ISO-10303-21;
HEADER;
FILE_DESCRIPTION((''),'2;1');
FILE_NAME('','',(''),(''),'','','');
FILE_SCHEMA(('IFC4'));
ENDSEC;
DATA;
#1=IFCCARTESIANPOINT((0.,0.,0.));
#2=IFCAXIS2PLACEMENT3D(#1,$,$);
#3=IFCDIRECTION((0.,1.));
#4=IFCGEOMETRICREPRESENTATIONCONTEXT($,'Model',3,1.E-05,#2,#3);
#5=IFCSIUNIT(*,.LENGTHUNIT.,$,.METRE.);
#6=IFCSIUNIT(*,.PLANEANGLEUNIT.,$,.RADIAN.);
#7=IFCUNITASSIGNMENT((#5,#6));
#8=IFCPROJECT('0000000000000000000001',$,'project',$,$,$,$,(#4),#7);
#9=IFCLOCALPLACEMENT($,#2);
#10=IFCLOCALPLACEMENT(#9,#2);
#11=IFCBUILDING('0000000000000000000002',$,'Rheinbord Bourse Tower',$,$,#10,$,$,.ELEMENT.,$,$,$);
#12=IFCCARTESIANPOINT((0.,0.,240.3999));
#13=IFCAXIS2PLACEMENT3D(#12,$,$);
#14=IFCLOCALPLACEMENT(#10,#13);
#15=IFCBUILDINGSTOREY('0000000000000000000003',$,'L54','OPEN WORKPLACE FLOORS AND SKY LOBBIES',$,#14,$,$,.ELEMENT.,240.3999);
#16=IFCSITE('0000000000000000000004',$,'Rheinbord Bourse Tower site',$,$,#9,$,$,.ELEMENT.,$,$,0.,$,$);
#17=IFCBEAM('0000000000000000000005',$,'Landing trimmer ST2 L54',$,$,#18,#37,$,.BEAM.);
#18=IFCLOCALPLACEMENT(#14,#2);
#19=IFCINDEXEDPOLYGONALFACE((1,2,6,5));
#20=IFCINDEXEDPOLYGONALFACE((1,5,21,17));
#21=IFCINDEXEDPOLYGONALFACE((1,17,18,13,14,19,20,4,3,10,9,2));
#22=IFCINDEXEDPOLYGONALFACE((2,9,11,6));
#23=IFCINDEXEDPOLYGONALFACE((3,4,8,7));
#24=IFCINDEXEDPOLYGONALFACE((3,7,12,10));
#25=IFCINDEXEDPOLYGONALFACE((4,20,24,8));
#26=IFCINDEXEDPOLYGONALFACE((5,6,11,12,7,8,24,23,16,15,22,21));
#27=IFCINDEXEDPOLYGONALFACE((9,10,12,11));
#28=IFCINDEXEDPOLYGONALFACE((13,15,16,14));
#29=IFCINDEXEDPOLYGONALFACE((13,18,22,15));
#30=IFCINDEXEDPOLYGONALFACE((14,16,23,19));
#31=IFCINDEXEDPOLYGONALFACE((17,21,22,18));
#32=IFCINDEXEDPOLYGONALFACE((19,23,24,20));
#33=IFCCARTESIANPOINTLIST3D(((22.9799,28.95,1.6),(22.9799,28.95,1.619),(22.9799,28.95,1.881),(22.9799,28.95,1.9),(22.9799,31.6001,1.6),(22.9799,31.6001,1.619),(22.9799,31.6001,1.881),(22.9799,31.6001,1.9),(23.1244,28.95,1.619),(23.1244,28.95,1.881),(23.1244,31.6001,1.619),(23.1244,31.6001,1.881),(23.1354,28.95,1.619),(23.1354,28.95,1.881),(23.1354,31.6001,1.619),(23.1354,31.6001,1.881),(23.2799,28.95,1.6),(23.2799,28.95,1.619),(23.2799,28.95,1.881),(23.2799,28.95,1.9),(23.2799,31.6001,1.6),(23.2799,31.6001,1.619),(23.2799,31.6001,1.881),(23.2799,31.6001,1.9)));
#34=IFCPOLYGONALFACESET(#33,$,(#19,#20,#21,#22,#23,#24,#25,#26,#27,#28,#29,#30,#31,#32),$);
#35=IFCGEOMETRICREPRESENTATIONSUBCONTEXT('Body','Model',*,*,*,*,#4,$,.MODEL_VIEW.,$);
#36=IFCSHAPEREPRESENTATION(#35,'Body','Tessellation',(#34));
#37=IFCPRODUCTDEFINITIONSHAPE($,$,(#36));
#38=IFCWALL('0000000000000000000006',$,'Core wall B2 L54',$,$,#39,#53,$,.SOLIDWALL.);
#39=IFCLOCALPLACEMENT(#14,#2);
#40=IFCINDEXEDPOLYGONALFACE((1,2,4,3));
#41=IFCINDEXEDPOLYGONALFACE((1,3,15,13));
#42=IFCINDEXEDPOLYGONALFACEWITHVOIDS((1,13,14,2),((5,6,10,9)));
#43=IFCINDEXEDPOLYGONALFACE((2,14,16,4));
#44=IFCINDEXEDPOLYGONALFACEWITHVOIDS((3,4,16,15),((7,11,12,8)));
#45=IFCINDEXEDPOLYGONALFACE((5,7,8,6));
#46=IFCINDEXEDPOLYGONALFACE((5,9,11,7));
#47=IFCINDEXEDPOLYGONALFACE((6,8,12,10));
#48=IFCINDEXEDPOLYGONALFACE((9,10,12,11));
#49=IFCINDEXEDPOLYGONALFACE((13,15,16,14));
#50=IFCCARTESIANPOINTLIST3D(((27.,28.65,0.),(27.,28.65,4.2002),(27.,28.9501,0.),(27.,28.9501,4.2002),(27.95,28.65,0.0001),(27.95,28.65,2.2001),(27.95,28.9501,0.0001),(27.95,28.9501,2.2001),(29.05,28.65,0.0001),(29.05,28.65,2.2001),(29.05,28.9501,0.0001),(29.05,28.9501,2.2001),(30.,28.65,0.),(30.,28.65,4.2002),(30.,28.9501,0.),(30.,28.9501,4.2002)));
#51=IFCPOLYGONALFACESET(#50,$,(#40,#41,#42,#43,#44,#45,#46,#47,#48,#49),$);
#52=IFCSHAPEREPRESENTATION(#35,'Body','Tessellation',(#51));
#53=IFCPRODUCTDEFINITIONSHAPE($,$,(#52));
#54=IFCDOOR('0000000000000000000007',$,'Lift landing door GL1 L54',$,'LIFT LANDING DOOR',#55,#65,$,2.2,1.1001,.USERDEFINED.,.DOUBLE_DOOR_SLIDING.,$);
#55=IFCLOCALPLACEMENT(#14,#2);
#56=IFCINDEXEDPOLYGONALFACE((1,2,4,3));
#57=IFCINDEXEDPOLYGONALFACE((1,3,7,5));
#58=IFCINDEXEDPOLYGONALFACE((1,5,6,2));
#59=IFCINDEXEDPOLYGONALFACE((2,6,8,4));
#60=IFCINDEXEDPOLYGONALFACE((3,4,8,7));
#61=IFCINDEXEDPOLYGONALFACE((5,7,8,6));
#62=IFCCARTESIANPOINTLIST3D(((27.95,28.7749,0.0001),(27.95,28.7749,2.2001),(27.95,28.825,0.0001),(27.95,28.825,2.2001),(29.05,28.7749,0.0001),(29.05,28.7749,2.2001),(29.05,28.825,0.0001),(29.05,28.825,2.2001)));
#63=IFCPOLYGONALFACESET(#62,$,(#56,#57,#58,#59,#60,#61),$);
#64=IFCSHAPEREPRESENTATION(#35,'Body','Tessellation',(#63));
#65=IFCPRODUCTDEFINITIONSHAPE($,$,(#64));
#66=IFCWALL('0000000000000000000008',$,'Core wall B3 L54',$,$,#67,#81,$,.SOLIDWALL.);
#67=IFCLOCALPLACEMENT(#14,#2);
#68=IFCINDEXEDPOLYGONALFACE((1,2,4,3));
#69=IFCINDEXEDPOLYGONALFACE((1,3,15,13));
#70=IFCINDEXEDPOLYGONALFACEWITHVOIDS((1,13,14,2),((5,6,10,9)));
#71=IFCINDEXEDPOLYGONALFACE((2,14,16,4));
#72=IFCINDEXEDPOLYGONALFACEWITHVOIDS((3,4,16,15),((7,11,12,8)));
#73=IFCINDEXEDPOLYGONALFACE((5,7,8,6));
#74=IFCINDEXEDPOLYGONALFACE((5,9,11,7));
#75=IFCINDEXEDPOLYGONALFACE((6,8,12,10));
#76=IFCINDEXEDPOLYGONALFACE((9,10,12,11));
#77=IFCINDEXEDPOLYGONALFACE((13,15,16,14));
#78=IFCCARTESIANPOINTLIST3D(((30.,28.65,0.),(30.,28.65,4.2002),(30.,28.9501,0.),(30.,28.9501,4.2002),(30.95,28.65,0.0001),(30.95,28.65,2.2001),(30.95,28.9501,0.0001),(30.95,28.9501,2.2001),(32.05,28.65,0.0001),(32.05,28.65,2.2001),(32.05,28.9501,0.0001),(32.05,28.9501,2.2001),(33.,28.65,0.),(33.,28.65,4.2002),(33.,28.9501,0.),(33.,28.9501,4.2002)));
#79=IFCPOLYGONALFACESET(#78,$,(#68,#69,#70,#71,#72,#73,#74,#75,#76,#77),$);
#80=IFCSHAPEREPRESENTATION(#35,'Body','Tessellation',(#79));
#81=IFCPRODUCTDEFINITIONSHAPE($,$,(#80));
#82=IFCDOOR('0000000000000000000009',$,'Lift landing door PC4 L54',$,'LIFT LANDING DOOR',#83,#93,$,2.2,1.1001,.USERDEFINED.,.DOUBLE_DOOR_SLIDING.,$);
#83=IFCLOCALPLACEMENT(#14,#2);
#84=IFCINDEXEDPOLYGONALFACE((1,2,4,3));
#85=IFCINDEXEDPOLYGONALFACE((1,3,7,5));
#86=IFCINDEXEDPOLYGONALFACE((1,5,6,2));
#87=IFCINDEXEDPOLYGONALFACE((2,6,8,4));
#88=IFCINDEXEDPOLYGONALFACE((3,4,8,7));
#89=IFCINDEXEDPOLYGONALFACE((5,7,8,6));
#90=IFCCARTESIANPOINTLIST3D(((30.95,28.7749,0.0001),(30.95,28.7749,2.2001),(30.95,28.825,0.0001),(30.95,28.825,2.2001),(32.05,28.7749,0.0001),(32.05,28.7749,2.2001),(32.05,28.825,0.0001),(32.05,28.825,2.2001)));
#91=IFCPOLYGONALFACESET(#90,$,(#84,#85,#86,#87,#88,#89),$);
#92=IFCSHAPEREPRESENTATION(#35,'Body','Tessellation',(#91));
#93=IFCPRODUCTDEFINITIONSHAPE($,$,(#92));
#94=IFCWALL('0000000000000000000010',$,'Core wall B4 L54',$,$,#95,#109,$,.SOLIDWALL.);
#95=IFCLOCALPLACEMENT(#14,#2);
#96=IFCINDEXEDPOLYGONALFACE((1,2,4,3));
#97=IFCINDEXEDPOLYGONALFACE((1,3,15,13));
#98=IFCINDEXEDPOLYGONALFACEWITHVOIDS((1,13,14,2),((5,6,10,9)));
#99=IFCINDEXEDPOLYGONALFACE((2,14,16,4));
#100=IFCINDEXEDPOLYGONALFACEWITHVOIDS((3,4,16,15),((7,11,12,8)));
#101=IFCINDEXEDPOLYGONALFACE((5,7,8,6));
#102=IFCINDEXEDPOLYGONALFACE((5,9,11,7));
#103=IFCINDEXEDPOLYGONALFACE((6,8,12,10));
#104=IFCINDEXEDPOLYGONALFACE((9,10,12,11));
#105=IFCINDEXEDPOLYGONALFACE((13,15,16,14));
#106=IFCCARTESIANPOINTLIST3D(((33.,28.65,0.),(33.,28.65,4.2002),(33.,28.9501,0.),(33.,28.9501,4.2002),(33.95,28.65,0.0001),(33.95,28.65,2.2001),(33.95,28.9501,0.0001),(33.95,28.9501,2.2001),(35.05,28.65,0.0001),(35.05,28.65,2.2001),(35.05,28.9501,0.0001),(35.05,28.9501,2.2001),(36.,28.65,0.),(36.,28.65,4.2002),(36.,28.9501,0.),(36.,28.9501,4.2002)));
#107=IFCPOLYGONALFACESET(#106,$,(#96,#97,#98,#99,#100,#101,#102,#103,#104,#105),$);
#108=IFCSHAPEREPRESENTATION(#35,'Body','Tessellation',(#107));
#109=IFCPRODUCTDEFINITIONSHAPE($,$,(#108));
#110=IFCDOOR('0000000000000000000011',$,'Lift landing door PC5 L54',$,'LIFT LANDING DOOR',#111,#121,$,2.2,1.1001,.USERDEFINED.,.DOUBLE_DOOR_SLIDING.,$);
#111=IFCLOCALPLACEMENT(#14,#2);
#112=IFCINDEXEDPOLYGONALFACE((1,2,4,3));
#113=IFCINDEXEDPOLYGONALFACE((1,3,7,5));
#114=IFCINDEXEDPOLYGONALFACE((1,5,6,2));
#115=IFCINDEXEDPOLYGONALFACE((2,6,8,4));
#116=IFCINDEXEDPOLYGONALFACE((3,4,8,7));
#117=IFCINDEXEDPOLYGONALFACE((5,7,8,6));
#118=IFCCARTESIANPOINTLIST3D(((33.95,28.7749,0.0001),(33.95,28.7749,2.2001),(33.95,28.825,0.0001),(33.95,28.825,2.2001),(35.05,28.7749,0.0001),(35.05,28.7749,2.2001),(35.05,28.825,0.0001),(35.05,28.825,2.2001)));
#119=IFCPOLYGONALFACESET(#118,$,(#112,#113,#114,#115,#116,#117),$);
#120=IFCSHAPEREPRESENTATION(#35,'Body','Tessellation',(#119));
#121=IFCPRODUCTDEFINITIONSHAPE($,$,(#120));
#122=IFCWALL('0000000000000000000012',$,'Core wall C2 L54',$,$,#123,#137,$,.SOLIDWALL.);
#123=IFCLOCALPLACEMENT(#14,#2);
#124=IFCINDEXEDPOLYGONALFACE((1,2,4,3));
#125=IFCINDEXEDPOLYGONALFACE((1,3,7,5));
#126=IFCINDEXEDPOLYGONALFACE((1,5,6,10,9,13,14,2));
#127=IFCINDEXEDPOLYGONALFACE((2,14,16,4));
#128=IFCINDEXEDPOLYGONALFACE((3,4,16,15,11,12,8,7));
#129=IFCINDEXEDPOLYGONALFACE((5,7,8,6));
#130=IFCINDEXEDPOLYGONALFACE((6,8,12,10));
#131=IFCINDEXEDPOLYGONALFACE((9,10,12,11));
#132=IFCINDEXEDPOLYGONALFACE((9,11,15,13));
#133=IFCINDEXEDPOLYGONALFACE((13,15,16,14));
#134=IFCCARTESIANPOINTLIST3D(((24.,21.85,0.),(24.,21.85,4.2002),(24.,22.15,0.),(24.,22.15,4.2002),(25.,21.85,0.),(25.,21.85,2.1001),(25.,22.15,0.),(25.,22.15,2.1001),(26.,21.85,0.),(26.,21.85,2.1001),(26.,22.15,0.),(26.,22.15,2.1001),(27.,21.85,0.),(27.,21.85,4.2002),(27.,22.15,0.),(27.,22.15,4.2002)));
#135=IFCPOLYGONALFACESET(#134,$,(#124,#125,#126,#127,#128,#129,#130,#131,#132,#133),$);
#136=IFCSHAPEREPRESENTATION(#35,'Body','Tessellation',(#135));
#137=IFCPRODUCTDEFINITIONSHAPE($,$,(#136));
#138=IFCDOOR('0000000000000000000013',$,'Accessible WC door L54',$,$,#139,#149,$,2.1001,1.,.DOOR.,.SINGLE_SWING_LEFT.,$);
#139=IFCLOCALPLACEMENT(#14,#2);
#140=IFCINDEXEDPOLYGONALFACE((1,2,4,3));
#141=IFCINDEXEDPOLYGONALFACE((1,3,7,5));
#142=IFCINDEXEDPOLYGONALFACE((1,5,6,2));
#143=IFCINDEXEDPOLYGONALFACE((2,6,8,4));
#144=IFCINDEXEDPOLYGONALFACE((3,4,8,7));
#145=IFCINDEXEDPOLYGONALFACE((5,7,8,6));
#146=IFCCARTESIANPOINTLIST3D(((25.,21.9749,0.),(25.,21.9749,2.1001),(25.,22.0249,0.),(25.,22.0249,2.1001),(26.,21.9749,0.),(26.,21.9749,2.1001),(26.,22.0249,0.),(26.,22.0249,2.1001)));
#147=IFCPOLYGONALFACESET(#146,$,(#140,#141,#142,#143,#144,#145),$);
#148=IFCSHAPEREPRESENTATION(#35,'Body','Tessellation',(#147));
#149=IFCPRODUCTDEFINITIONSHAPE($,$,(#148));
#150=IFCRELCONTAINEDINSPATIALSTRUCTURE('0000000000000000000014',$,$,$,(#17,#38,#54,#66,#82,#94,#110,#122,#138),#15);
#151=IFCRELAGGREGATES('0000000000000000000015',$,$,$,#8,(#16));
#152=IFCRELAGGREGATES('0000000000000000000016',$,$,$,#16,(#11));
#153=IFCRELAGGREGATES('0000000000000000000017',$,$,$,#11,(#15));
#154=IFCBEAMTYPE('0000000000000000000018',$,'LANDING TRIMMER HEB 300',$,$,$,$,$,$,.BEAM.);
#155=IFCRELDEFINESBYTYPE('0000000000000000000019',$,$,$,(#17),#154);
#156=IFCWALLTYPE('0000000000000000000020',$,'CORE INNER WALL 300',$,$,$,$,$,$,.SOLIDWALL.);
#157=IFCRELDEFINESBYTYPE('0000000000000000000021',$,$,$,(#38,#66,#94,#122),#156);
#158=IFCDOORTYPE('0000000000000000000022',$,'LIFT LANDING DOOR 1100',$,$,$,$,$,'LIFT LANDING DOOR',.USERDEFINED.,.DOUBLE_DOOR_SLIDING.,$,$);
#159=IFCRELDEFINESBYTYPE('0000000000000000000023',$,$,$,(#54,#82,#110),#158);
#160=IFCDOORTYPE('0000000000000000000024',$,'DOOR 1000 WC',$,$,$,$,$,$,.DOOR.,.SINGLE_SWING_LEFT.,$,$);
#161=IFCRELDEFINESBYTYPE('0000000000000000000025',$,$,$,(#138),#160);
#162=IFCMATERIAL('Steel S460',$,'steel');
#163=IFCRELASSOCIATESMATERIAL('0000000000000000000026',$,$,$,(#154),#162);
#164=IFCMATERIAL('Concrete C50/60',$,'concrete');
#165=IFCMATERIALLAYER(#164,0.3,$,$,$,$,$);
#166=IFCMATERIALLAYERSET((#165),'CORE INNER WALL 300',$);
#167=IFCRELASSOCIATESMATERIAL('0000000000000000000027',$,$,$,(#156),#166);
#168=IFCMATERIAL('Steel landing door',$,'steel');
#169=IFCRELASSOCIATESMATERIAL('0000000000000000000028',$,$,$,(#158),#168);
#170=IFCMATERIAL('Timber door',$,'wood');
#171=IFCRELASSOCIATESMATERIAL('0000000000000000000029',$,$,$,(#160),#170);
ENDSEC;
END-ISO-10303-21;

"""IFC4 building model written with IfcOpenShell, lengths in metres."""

from ifc_helpers import new_model, si_unit, direction, frame, frame_2d, origin, origin_2d, place, context, subcontext, project, spatial, rectangle, i_section, extrude, material, layer, layer_set, material_profile, profile_set, type_object, element, fill, save


model = new_model("IFC4")

# Units and contexts
model_context = context("Model", 3, precision=1e-05, world=origin(), true_north=direction((0.0, 1.0)))
body_context = subcontext(model_context, "Body", "Model", "MODEL_VIEW")
ifc_project = project(units=[si_unit("LENGTHUNIT", "METRE"), si_unit("PLANEANGLEUNIT", "RADIAN")], contexts=[model_context])

# Site, building, storey
site_placement = place(None, origin())
site = spatial("IfcSite", under=ifc_project, at=site_placement, Name="Rheinbord Bourse Tower site", CompositionType="ELEMENT", RefElevation=0.0)
building_placement = place(site_placement, origin())
building = spatial("IfcBuilding", under=site, at=building_placement, Name="Rheinbord Bourse Tower", CompositionType="ELEMENT")
storey_placement = place(building_placement, frame((0.0, 0.0, 240.3999)))
storey = spatial("IfcBuildingStorey", under=building, at=storey_placement, Name="L54", Description="OPEN WORKPLACE FLOORS AND SKY LOBBIES", CompositionType="ELEMENT", Elevation=240.3999)

# Beam
ifc_material_1 = material(Name="Steel S460", Category="steel")
ifc_material_profile = material_profile(ifc_material_1, i_section(OverallWidth=0.3, OverallDepth=0.3, WebThickness=0.011, FlangeThickness=0.019, at=origin_2d()), Name="HEB 300")
ifc_profile_set = profile_set([ifc_material_profile], Name="Steel S460")
beam_type = type_object("IfcBeamType", Name="LANDING TRIMMER HEB 300", PredefinedType="BEAM", material=ifc_profile_set)
beam_placement = place(storey_placement, frame((23.1299, 28.95, 1.75), z_axis=(0.0, 1.0, 0.0), x_axis=(-1.0, 0.0, 0.0)))
element("IfcBeam", 1, at=beam_placement, inside=storey, type_object=beam_type, Name="Landing trimmer ST2 L54", PredefinedType="BEAM", context=body_context, shape_type="SweptSolid", body=[
    extrude(i_section(OverallWidth=0.3, OverallDepth=0.3, WebThickness=0.011, FlangeThickness=0.019, at=origin_2d()), origin(), (0.0, 0.0, 1.0), 2.6501),
])

# Walls, openings, doors
ifc_material_2 = material(Name="Concrete C50/60", Category="concrete")
ifc_layer_1 = layer(ifc_material_2, 0.3)
ifc_layer_set_1 = layer_set([ifc_layer_1], Name="CORE INNER WALL 300")
wall_type_1 = type_object("IfcWallType", Name="CORE INNER WALL 300", PredefinedType="SOLIDWALL", material=ifc_layer_set_1)
wall_1_placement = place(storey_placement, frame((27.0, 28.8, 0.0), z_axis=(0.0, 0.0, 1.0), x_axis=(1.0, 0.0, 0.0)))
wall_1 = element("IfcWall", 2, at=wall_1_placement, inside=storey, type_object=wall_type_1, Name="Core wall B2 L54", PredefinedType="SOLIDWALL", context=body_context, shape_type="SweptSolid", body=[
    extrude(rectangle(XDim=3.0, YDim=0.3, at=frame_2d((1.5, 0.0))), origin(), (0.0, 0.0, 1.0), 4.2002),
])
opening_1_placement = place(wall_1_placement, frame((0.95, 0.0, 0.0)))
opening_1 = element("IfcOpeningElement", 3, at=opening_1_placement, cuts=wall_1, PredefinedType="OPENING", context=body_context, shape_type="SweptSolid", body=[
    extrude(rectangle(XDim=1.1001, YDim=2.2, at=frame_2d((0.55, 1.1001))), frame((0.0, 0.1599, 0.0), z_axis=(0.0, -1.0, 0.0), x_axis=(1.0, 0.0, 0.0)), (0.0, 0.0, 1.0), 0.3201),
])
ifc_material_3 = material(Name="Steel landing door", Category="steel")
door_type_1 = type_object("IfcDoorType", Name="LIFT LANDING DOOR 1100", ElementType="LIFT LANDING DOOR", OperationType="DOUBLE_DOOR_SLIDING", PredefinedType="USERDEFINED", material=ifc_material_3)
door_1_placement = place(opening_1_placement, origin())
door_1 = element("IfcDoor", 4, at=door_1_placement, inside=storey, type_object=door_type_1, Name="Lift landing door GL1 L54", ObjectType="LIFT LANDING DOOR", OperationType="DOUBLE_DOOR_SLIDING", OverallHeight=2.2, OverallWidth=1.1001, PredefinedType="USERDEFINED", context=body_context, shape_type="SweptSolid", body=[
    extrude(rectangle(XDim=1.1001, YDim=2.2, at=frame_2d((0.55, 1.1001))), frame((0.0, 0.0249, 0.0), z_axis=(0.0, -1.0, 0.0), x_axis=(1.0, 0.0, 0.0)), (0.0, 0.0, 1.0), 0.05),
])
fill(opening_1, door_1)
wall_2_placement = place(storey_placement, frame((30.0, 28.8, 0.0), z_axis=(0.0, 0.0, 1.0), x_axis=(1.0, 0.0, 0.0)))
wall_2 = element("IfcWall", 5, at=wall_2_placement, inside=storey, type_object=wall_type_1, Name="Core wall B3 L54", PredefinedType="SOLIDWALL", context=body_context, shape_type="SweptSolid", body=[
    extrude(rectangle(XDim=3.0, YDim=0.3, at=frame_2d((1.5, 0.0))), origin(), (0.0, 0.0, 1.0), 4.2002),
])
opening_2_placement = place(wall_2_placement, frame((0.95, 0.0, 0.0)))
opening_2 = element("IfcOpeningElement", 6, at=opening_2_placement, cuts=wall_2, PredefinedType="OPENING", context=body_context, shape_type="SweptSolid", body=[
    extrude(rectangle(XDim=1.1001, YDim=2.2, at=frame_2d((0.55, 1.1001))), frame((0.0, 0.1599, 0.0), z_axis=(0.0, -1.0, 0.0), x_axis=(1.0, 0.0, 0.0)), (0.0, 0.0, 1.0), 0.3201),
])
door_2_placement = place(opening_2_placement, origin())
door_2 = element("IfcDoor", 7, at=door_2_placement, inside=storey, type_object=door_type_1, Name="Lift landing door PC4 L54", ObjectType="LIFT LANDING DOOR", OperationType="DOUBLE_DOOR_SLIDING", OverallHeight=2.2, OverallWidth=1.1001, PredefinedType="USERDEFINED", context=body_context, shape_type="SweptSolid", body=[
    extrude(rectangle(XDim=1.1001, YDim=2.2, at=frame_2d((0.55, 1.1001))), frame((0.0, 0.0249, 0.0), z_axis=(0.0, -1.0, 0.0), x_axis=(1.0, 0.0, 0.0)), (0.0, 0.0, 1.0), 0.05),
])
fill(opening_2, door_2)
wall_3_placement = place(storey_placement, frame((33.0, 28.8, 0.0), z_axis=(0.0, 0.0, 1.0), x_axis=(1.0, 0.0, 0.0)))
wall_3 = element("IfcWall", 8, at=wall_3_placement, inside=storey, type_object=wall_type_1, Name="Core wall B4 L54", PredefinedType="SOLIDWALL", context=body_context, shape_type="SweptSolid", body=[
    extrude(rectangle(XDim=3.0, YDim=0.3, at=frame_2d((1.5, 0.0))), origin(), (0.0, 0.0, 1.0), 4.2002),
])
opening_3_placement = place(wall_3_placement, frame((0.95, 0.0, 0.0)))
opening_3 = element("IfcOpeningElement", 9, at=opening_3_placement, cuts=wall_3, PredefinedType="OPENING", context=body_context, shape_type="SweptSolid", body=[
    extrude(rectangle(XDim=1.1001, YDim=2.2, at=frame_2d((0.55, 1.1001))), frame((0.0, 0.1599, 0.0), z_axis=(0.0, -1.0, 0.0), x_axis=(1.0, 0.0, 0.0)), (0.0, 0.0, 1.0), 0.3201),
])
door_3_placement = place(opening_3_placement, origin())
door_3 = element("IfcDoor", 10, at=door_3_placement, inside=storey, type_object=door_type_1, Name="Lift landing door PC5 L54", ObjectType="LIFT LANDING DOOR", OperationType="DOUBLE_DOOR_SLIDING", OverallHeight=2.2, OverallWidth=1.1001, PredefinedType="USERDEFINED", context=body_context, shape_type="SweptSolid", body=[
    extrude(rectangle(XDim=1.1001, YDim=2.2, at=frame_2d((0.55, 1.1001))), frame((0.0, 0.0249, 0.0), z_axis=(0.0, -1.0, 0.0), x_axis=(1.0, 0.0, 0.0)), (0.0, 0.0, 1.0), 0.05),
])
fill(opening_3, door_3)
wall_4_placement = place(storey_placement, frame((24.0, 22.0, 0.0), z_axis=(0.0, 0.0, 1.0), x_axis=(1.0, 0.0, 0.0)))
wall_4 = element("IfcWall", 11, at=wall_4_placement, inside=storey, type_object=wall_type_1, Name="Core wall C2 L54", PredefinedType="SOLIDWALL", context=body_context, shape_type="SweptSolid", body=[
    extrude(rectangle(XDim=3.0, YDim=0.3, at=frame_2d((1.5, 0.0))), origin(), (0.0, 0.0, 1.0), 4.2002),
])
opening_4_placement = place(wall_4_placement, frame((1.0, 0.0, 0.0)))
opening_4 = element("IfcOpeningElement", 12, at=opening_4_placement, cuts=wall_4, PredefinedType="OPENING", context=body_context, shape_type="SweptSolid", body=[
    extrude(rectangle(XDim=1.0, YDim=2.1001, at=frame_2d((0.5, 1.05))), frame((0.0, 0.1599, 0.0), z_axis=(0.0, -1.0, 0.0), x_axis=(1.0, 0.0, 0.0)), (0.0, 0.0, 1.0), 0.3201),
])
ifc_material_4 = material(Name="Timber door", Category="wood")
door_type_2 = type_object("IfcDoorType", Name="DOOR 1000 WC", OperationType="SINGLE_SWING_LEFT", PredefinedType="DOOR", material=ifc_material_4)
door_4_placement = place(opening_4_placement, origin())
door_4 = element("IfcDoor", 13, at=door_4_placement, inside=storey, type_object=door_type_2, Name="Accessible WC door L54", OperationType="SINGLE_SWING_LEFT", OverallHeight=2.1001, OverallWidth=1.0, PredefinedType="DOOR", context=body_context, shape_type="SweptSolid", body=[
    extrude(rectangle(XDim=1.0, YDim=2.1001, at=frame_2d((0.5, 1.05))), frame((0.0, 0.0249, 0.0), z_axis=(0.0, -1.0, 0.0), x_axis=(1.0, 0.0, 0.0)), (0.0, 0.0, 1.0), 0.05),
])
fill(opening_4, door_4)

save(model, "model.ifc")
